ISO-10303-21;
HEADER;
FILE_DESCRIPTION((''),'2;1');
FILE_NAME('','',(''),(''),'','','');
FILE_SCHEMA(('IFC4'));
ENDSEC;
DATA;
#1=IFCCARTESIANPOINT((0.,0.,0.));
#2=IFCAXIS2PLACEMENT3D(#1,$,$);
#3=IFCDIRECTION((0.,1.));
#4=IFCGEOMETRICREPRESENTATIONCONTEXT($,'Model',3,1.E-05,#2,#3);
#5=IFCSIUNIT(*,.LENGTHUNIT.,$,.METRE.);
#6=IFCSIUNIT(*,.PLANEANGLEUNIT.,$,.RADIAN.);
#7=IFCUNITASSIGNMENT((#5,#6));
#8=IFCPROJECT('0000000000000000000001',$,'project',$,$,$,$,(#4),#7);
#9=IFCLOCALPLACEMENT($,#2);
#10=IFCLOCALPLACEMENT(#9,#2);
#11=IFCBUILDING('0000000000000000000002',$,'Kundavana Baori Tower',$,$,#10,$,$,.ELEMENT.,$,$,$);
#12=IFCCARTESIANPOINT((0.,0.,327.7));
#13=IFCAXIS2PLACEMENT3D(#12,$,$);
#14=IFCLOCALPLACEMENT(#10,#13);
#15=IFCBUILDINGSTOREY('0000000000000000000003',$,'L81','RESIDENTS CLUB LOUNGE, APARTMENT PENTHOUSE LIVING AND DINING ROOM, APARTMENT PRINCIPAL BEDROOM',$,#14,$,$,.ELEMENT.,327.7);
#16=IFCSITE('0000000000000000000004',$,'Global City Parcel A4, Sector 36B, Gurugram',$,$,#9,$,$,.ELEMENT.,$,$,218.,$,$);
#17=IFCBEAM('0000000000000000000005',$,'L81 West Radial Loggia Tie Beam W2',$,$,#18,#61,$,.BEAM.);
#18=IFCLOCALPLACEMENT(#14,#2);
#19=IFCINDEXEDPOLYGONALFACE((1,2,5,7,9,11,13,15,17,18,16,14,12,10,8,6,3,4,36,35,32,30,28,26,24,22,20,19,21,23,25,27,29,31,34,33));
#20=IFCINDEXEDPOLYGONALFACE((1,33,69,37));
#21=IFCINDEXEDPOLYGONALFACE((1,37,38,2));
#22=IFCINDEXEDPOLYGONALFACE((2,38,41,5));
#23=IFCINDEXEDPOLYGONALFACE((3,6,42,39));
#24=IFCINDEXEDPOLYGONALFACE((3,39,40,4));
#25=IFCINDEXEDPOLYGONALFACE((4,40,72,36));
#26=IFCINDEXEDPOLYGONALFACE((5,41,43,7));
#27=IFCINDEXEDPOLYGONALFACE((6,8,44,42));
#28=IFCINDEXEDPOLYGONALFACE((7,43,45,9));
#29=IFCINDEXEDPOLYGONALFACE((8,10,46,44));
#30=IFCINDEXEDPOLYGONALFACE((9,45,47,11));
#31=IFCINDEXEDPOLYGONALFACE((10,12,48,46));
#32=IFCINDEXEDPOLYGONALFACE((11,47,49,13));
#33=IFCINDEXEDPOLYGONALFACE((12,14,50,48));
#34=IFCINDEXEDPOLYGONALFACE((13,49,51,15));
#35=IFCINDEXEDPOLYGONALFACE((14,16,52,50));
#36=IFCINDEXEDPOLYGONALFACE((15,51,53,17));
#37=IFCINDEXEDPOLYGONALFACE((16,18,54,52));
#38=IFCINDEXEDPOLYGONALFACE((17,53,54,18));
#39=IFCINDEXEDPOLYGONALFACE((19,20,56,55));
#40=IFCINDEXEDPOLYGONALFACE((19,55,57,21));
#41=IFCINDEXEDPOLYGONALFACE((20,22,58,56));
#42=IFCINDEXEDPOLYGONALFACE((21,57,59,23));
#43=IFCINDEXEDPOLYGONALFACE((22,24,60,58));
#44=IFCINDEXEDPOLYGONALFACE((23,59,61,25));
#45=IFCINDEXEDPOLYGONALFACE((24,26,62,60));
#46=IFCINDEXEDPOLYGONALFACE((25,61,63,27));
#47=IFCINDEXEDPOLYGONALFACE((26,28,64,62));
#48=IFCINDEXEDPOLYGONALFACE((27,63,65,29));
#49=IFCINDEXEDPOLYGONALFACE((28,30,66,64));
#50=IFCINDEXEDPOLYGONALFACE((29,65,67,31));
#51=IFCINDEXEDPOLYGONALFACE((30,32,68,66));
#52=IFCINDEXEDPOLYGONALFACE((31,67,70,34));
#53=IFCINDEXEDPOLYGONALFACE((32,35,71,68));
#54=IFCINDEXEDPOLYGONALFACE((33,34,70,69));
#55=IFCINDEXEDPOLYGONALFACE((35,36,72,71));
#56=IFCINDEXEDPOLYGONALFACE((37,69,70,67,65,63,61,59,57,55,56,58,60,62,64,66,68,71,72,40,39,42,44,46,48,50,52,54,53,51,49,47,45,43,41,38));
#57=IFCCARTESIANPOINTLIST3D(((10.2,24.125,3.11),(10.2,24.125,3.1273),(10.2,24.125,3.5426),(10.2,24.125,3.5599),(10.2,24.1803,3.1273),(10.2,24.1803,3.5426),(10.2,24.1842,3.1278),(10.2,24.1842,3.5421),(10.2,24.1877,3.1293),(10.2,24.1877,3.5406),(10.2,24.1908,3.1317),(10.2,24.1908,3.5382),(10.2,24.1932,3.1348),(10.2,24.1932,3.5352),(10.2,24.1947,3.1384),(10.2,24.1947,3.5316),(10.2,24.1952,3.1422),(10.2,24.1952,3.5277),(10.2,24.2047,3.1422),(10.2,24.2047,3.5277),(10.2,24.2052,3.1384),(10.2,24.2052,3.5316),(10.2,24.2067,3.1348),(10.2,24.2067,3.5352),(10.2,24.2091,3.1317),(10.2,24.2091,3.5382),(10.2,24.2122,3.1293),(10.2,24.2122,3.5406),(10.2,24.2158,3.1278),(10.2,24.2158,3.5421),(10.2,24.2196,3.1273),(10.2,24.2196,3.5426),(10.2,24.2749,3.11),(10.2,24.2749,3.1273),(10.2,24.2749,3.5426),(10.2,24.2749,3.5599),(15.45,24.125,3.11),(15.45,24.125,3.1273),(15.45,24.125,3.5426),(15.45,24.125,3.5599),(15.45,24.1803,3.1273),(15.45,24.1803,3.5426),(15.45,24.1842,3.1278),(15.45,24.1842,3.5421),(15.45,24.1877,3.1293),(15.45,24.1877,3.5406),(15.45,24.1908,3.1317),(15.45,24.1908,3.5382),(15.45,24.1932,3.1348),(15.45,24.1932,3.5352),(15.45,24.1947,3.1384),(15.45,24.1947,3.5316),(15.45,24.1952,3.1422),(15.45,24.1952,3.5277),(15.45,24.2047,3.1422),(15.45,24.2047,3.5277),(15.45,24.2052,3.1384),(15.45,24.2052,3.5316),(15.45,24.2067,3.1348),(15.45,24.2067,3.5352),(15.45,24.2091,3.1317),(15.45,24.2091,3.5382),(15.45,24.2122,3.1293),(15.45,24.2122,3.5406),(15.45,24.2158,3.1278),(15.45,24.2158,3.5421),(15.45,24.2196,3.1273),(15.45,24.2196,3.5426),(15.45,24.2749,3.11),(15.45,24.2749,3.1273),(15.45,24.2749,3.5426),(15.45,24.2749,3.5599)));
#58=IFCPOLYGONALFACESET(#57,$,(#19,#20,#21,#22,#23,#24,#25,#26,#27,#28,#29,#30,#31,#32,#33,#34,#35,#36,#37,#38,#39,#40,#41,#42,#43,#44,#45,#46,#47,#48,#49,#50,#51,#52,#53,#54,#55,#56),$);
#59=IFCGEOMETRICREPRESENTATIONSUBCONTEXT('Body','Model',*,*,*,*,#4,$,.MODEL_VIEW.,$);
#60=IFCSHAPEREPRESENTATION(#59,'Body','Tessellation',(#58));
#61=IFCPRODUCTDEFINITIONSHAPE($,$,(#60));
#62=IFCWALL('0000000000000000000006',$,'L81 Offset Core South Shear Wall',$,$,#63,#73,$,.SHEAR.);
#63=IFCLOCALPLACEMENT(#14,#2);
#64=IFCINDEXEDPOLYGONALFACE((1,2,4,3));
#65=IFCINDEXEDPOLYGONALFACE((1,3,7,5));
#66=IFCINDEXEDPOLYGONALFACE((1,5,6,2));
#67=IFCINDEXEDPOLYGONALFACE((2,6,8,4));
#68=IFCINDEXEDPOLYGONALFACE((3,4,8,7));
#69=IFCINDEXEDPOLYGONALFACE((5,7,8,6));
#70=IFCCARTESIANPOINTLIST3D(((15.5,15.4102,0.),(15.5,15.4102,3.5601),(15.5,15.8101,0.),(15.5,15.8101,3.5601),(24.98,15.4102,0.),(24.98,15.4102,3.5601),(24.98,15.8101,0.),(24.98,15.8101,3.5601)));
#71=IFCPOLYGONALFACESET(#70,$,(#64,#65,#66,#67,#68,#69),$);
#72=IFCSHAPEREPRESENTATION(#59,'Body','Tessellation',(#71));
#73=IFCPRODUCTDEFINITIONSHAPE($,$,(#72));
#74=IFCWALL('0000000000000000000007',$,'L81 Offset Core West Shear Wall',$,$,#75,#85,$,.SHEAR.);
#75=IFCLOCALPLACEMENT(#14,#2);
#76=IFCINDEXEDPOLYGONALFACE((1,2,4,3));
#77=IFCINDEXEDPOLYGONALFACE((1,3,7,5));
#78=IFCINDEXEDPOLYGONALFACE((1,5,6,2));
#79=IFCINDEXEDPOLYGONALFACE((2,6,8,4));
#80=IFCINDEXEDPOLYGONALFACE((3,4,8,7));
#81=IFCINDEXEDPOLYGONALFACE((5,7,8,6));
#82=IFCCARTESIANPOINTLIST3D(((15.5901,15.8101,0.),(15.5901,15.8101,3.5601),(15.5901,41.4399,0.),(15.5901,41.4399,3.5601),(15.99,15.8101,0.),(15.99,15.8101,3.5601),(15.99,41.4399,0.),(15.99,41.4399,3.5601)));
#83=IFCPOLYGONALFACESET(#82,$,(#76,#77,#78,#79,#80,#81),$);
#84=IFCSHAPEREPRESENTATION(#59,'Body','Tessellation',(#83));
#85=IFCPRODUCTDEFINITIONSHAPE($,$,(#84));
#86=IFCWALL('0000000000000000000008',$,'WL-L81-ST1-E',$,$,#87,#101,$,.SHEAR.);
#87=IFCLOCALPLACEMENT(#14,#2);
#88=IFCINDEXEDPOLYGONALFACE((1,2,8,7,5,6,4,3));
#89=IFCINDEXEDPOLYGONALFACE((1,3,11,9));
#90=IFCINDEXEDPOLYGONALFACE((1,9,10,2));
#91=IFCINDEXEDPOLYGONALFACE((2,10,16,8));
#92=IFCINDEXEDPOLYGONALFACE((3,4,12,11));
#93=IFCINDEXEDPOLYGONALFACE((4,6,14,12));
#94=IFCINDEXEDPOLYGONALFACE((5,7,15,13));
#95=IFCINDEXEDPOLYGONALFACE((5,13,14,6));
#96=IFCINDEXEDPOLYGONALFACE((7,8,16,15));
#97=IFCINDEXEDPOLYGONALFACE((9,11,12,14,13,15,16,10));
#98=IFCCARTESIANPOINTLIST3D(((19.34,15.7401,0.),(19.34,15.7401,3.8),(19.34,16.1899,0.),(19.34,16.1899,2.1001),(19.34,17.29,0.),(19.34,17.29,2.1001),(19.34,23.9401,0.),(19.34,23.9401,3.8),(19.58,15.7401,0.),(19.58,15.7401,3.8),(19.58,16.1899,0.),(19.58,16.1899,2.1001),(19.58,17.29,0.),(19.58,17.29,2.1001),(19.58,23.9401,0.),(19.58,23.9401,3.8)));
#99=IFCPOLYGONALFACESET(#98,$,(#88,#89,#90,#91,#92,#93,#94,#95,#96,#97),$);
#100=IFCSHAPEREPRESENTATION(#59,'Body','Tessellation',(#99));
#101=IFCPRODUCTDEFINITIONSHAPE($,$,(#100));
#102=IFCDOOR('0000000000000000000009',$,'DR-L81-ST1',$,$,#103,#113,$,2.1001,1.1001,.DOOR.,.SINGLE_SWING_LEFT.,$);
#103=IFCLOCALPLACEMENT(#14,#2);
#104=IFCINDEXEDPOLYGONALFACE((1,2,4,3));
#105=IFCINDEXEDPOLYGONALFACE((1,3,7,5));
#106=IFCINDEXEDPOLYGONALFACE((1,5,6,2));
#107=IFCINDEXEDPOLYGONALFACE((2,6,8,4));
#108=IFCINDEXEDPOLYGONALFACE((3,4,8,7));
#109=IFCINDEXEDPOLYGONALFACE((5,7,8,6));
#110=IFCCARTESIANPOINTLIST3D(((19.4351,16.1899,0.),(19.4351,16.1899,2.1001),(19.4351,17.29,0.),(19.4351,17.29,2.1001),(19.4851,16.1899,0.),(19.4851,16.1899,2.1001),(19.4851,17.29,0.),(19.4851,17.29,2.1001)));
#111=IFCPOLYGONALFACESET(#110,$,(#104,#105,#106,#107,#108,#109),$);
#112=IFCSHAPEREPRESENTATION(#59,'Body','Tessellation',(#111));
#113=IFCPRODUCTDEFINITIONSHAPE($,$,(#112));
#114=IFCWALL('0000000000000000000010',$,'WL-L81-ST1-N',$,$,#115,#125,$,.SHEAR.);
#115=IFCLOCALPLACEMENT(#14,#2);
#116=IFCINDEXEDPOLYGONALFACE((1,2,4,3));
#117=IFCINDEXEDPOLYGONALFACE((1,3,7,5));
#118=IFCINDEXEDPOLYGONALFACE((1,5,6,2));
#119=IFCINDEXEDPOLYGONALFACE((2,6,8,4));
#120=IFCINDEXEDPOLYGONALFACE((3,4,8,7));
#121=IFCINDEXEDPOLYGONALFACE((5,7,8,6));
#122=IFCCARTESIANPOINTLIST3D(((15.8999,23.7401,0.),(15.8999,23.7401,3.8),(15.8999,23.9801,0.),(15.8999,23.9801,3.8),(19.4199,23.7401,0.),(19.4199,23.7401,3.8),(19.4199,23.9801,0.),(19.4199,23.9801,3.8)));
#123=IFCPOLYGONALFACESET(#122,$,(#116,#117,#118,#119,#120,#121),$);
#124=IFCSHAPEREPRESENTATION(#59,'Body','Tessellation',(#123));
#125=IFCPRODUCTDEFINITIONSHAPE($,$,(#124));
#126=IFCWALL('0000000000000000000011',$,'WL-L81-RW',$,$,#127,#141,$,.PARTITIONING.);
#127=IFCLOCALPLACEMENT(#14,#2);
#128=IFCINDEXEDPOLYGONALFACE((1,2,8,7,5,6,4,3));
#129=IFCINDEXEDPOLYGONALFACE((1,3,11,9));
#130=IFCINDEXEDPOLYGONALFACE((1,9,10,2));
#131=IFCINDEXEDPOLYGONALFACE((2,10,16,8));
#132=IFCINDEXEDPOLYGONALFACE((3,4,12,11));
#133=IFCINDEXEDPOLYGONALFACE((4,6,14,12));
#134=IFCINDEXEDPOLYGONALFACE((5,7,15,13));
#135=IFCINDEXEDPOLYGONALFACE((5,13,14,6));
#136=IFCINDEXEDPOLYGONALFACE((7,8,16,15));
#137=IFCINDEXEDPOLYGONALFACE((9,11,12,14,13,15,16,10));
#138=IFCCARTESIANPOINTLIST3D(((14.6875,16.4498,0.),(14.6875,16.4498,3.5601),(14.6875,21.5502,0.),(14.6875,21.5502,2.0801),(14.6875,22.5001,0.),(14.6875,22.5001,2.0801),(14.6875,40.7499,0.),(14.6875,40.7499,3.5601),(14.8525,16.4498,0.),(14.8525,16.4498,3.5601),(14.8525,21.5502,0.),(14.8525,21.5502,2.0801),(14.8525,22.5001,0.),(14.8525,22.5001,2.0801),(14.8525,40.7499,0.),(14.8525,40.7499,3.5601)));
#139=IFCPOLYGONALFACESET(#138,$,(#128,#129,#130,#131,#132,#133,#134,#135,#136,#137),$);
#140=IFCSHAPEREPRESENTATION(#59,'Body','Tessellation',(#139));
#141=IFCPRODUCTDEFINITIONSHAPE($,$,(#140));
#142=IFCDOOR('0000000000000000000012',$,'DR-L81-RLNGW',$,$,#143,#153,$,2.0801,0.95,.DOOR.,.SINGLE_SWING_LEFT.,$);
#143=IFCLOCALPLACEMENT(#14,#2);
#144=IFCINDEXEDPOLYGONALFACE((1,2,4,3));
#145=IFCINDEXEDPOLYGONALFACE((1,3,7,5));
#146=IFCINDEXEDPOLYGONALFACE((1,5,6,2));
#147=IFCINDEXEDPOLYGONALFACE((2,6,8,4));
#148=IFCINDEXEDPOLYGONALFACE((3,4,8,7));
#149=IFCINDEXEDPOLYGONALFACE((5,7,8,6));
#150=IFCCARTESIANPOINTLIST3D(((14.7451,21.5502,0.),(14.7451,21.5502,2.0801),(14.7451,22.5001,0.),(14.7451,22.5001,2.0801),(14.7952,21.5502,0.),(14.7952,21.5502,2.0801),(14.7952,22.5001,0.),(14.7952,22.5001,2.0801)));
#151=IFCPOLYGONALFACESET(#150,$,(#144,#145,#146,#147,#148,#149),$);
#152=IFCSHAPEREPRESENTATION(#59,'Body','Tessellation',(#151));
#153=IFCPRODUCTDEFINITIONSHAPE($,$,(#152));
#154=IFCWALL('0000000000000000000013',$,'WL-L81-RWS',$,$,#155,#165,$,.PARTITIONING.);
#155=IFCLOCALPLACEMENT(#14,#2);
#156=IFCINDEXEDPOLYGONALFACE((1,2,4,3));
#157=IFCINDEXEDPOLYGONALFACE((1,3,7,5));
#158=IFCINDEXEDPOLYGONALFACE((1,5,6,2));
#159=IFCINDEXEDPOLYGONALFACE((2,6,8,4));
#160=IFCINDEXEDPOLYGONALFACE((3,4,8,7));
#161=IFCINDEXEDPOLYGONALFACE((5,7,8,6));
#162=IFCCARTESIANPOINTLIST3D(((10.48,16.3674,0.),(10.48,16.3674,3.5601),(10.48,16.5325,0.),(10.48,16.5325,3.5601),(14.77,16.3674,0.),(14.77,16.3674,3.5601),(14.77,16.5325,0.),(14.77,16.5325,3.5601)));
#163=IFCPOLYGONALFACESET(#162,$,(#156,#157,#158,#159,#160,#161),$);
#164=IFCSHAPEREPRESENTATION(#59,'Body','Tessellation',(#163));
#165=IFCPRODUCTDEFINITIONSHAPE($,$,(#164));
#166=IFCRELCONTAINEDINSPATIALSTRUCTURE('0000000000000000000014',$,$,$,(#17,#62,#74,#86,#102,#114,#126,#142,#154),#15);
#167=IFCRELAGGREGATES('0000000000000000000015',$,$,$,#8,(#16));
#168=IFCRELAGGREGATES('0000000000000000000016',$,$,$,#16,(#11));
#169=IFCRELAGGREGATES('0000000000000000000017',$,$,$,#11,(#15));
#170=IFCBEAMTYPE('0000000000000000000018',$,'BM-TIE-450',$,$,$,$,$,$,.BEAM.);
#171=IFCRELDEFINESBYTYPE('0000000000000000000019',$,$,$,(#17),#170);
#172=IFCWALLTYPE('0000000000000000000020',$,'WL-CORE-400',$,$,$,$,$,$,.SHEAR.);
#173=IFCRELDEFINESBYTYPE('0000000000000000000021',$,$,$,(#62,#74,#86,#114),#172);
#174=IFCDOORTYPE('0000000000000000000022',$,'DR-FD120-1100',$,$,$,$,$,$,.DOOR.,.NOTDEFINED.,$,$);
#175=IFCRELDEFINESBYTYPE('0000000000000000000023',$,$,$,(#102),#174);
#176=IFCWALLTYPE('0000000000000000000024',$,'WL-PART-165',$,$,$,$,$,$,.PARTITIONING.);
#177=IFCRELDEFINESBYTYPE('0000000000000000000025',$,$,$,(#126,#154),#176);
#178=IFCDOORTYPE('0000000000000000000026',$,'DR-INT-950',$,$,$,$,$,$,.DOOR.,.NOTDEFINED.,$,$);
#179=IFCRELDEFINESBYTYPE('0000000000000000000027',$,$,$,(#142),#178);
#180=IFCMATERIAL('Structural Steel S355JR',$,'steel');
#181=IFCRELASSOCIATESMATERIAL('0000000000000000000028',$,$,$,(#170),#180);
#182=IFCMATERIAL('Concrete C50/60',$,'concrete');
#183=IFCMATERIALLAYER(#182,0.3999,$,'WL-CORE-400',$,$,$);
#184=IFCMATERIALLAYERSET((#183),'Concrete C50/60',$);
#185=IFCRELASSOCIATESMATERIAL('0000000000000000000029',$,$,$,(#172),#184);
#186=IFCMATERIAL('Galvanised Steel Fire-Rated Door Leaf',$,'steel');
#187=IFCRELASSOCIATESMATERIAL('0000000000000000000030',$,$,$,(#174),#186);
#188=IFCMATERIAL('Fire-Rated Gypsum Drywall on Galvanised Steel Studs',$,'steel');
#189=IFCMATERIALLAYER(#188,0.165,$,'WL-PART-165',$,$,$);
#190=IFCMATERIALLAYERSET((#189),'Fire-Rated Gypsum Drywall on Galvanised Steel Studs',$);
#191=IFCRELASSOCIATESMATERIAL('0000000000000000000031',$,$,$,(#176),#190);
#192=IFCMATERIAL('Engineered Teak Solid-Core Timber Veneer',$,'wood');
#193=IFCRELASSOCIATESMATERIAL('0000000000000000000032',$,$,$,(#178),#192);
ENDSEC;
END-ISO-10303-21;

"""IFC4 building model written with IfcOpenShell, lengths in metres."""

from ifc_helpers import new_model, si_unit, direction, frame, frame_2d, origin, origin_2d, place, context, subcontext, project, spatial, rectangle, i_section, extrude, material, layer, layer_set, material_profile, profile_set, type_object, element, fill, save


model = new_model("IFC4")

# Units and contexts
model_context = context("Model", 3, precision=1e-05, world=origin(), true_north=direction((0.0, 1.0)))
body_context = subcontext(model_context, "Body", "Model", "MODEL_VIEW")
ifc_project = project(units=[si_unit("LENGTHUNIT", "METRE"), si_unit("PLANEANGLEUNIT", "RADIAN")], contexts=[model_context])

# Site, building, storey
site_placement = place(None, origin())
site = spatial("IfcSite", under=ifc_project, at=site_placement, Name="Global City Parcel A4, Sector 36B, Gurugram", CompositionType="ELEMENT", RefElevation=218.0)
building_placement = place(site_placement, origin())
building = spatial("IfcBuilding", under=site, at=building_placement, Name="Kundavana Baori Tower", CompositionType="ELEMENT")
storey_placement = place(building_placement, frame((0.0, 0.0, 327.7)))
storey = spatial("IfcBuildingStorey", under=building, at=storey_placement, Name="L81", Description="RESIDENTS CLUB LOUNGE, APARTMENT PENTHOUSE LIVING AND DINING ROOM, APARTMENT PRINCIPAL BEDROOM", CompositionType="ELEMENT", Elevation=327.7)

# Beam
ifc_material_1 = material(Name="Structural Steel S355JR", Category="steel")
ifc_material_profile_1 = material_profile(ifc_material_1, i_section(OverallWidth=0.1499, OverallDepth=0.45, WebThickness=0.0095, FlangeThickness=0.0173, FilletRadius=0.0149, at=origin_2d()), Name="ISMB 450")
ifc_profile_set_1 = profile_set([ifc_material_profile_1], Name="Structural Steel S355JR")
beam_type_1 = type_object("IfcBeamType", Name="BM-TIE-450", PredefinedType="BEAM", material=ifc_profile_set_1)
for number, where, z_axis, x_axis, name in (
    (1, (15.45, 24.2, 3.335), (-1.0, 0.0, 0.0), (0.0, -1.0, 0.0), "L81 West Radial Loggia Tie Beam W2"),
):
    element("IfcBeam", number, at=place(storey_placement, frame(where, z_axis=z_axis, x_axis=x_axis)), inside=storey, type_object=beam_type_1, Name=name, PredefinedType="BEAM", context=body_context, shape_type="SweptSolid", body=[
        extrude(i_section(OverallWidth=0.1499, OverallDepth=0.45, WebThickness=0.0095, FlangeThickness=0.0173, FilletRadius=0.0149, at=origin_2d()), origin(), (0.0, 0.0, 1.0), 5.25),
    ])

# Walls
ifc_material_2 = material(Name="Concrete C50/60", Category="concrete")
ifc_layer_1 = layer(ifc_material_2, 0.3999, Name="WL-CORE-400")
ifc_layer_set_1 = layer_set([ifc_layer_1], Name="Concrete C50/60")
wall_type_1 = type_object("IfcWallType", Name="WL-CORE-400", PredefinedType="SHEAR", material=ifc_layer_set_1)
wall_1_placement = place(storey_placement, frame((15.5, 15.6101, 0.0), z_axis=(0.0, 0.0, 1.0), x_axis=(1.0, 0.0, 0.0)))
element("IfcWall", 2, at=wall_1_placement, inside=storey, type_object=wall_type_1, Name="L81 Offset Core South Shear Wall", PredefinedType="SHEAR", context=body_context, shape_type="SweptSolid", body=[
    extrude(rectangle(XDim=9.48, YDim=0.3999, at=frame_2d((4.74, 0.0))), origin(), (0.0, 0.0, 1.0), 3.5601),
])
wall_2_placement = place(storey_placement, frame((15.79, 15.8101, 0.0), z_axis=(0.0, 0.0, 1.0), x_axis=(0.0, 1.0, 0.0)))
element("IfcWall", 3, at=wall_2_placement, inside=storey, type_object=wall_type_1, Name="L81 Offset Core West Shear Wall", PredefinedType="SHEAR", context=body_context, shape_type="SweptSolid", body=[
    extrude(rectangle(XDim=25.6299, YDim=0.3999, at=frame_2d((12.8149, 0.0))), origin(), (0.0, 0.0, 1.0), 3.5601),
])

# Wall, opening, door
wall_3_placement = place(storey_placement, frame((19.46, 15.74, 0.0), z_axis=(0.0, 0.0, 1.0), x_axis=(0.0, 1.0, 0.0)))
wall_3 = element("IfcWall", 4, at=wall_3_placement, inside=storey, type_object=wall_type_1, Name="WL-L81-ST1-E", PredefinedType="SHEAR", context=body_context, shape_type="SweptSolid", body=[
    extrude(rectangle(XDim=8.2, YDim=0.24, at=frame_2d((4.1001, 0.0))), origin(), (0.0, 0.0, 1.0), 3.8),
])
opening_1_placement = place(wall_3_placement, frame((0.45, 0.0, 0.0)))
opening_1 = element("IfcOpeningElement", 5, at=opening_1_placement, cuts=wall_3, PredefinedType="OPENING", context=body_context, shape_type="SweptSolid", body=[
    extrude(rectangle(XDim=1.1001, YDim=2.1001, at=frame_2d((0.55, 1.05))), frame((0.0, 0.1299, 0.0), z_axis=(0.0, -1.0, 0.0), x_axis=(1.0, 0.0, 0.0)), (0.0, 0.0, 1.0), 0.26),
])
ifc_material_3 = material(Name="Galvanised Steel Fire-Rated Door Leaf", Category="steel")
door_type_1 = type_object("IfcDoorType", Name="DR-FD120-1100", OperationType="NOTDEFINED", PredefinedType="DOOR", material=ifc_material_3)
door_1_placement = place(opening_1_placement, origin())
door_1 = element("IfcDoor", 6, at=door_1_placement, inside=storey, type_object=door_type_1, Name="DR-L81-ST1", OperationType="SINGLE_SWING_LEFT", OverallHeight=2.1001, OverallWidth=1.1001, PredefinedType="DOOR", context=body_context, shape_type="SweptSolid", body=[
    extrude(rectangle(XDim=1.1001, YDim=2.1001, at=frame_2d((0.55, 1.05))), frame((0.0, 0.0249, 0.0), z_axis=(0.0, -1.0, 0.0), x_axis=(1.0, 0.0, 0.0)), (0.0, 0.0, 1.0), 0.05),
])
fill(opening_1, door_1)

# Wall
wall_4_placement = place(storey_placement, frame((15.8999, 23.8601, 0.0), z_axis=(0.0, 0.0, 1.0), x_axis=(1.0, 0.0, 0.0)))
element("IfcWall", 7, at=wall_4_placement, inside=storey, type_object=wall_type_1, Name="WL-L81-ST1-N", PredefinedType="SHEAR", context=body_context, shape_type="SweptSolid", body=[
    extrude(rectangle(XDim=3.52, YDim=0.24, at=frame_2d((1.76, 0.0))), origin(), (0.0, 0.0, 1.0), 3.8),
])

# Wall, opening, door
ifc_material_4 = material(Name="Fire-Rated Gypsum Drywall on Galvanised Steel Studs", Category="steel")
ifc_layer_2 = layer(ifc_material_4, 0.165, Name="WL-PART-165")
ifc_layer_set_2 = layer_set([ifc_layer_2], Name="Fire-Rated Gypsum Drywall on Galvanised Steel Studs")
wall_type_2 = type_object("IfcWallType", Name="WL-PART-165", PredefinedType="PARTITIONING", material=ifc_layer_set_2)
wall_5_placement = place(storey_placement, frame((14.77, 16.45, 0.0), z_axis=(0.0, 0.0, 1.0), x_axis=(0.0, 1.0, 0.0)))
wall_5 = element("IfcWall", 8, at=wall_5_placement, inside=storey, type_object=wall_type_2, Name="WL-L81-RW", PredefinedType="PARTITIONING", context=body_context, shape_type="SweptSolid", body=[
    extrude(rectangle(XDim=24.3, YDim=0.165, at=frame_2d((12.1499, 0.0))), origin(), (0.0, 0.0, 1.0), 3.5601),
])
opening_2_placement = place(wall_5_placement, frame((5.1001, 0.0, 0.0)))
opening_2 = element("IfcOpeningElement", 9, at=opening_2_placement, cuts=wall_5, PredefinedType="OPENING", context=body_context, shape_type="SweptSolid", body=[
    extrude(rectangle(XDim=0.95, YDim=2.0801, at=frame_2d((0.4751, 1.04))), frame((0.0, 0.0925, 0.0), z_axis=(0.0, -1.0, 0.0), x_axis=(1.0, 0.0, 0.0)), (0.0, 0.0, 1.0), 0.1851),
])
ifc_material_5 = material(Name="Engineered Teak Solid-Core Timber Veneer", Category="wood")
door_type_2 = type_object("IfcDoorType", Name="DR-INT-950", OperationType="NOTDEFINED", PredefinedType="DOOR", material=ifc_material_5)
door_2_placement = place(opening_2_placement, origin())
door_2 = element("IfcDoor", 10, at=door_2_placement, inside=storey, type_object=door_type_2, Name="DR-L81-RLNGW", OperationType="SINGLE_SWING_LEFT", OverallHeight=2.0801, OverallWidth=0.95, PredefinedType="DOOR", context=body_context, shape_type="SweptSolid", body=[
    extrude(rectangle(XDim=0.95, YDim=2.0801, at=frame_2d((0.4751, 1.04))), frame((0.0, 0.0249, 0.0), z_axis=(0.0, -1.0, 0.0), x_axis=(1.0, 0.0, 0.0)), (0.0, 0.0, 1.0), 0.05),
])
fill(opening_2, door_2)

# Wall
wall_6_placement = place(storey_placement, frame((10.48, 16.45, 0.0), z_axis=(0.0, 0.0, 1.0), x_axis=(1.0, 0.0, 0.0)))
element("IfcWall", 11, at=wall_6_placement, inside=storey, type_object=wall_type_2, Name="WL-L81-RWS", PredefinedType="PARTITIONING", context=body_context, shape_type="SweptSolid", body=[
    extrude(rectangle(XDim=4.29, YDim=0.165, at=frame_2d((2.145, 0.0))), origin(), (0.0, 0.0, 1.0), 3.5601),
])

save(model, "model.ifc")
